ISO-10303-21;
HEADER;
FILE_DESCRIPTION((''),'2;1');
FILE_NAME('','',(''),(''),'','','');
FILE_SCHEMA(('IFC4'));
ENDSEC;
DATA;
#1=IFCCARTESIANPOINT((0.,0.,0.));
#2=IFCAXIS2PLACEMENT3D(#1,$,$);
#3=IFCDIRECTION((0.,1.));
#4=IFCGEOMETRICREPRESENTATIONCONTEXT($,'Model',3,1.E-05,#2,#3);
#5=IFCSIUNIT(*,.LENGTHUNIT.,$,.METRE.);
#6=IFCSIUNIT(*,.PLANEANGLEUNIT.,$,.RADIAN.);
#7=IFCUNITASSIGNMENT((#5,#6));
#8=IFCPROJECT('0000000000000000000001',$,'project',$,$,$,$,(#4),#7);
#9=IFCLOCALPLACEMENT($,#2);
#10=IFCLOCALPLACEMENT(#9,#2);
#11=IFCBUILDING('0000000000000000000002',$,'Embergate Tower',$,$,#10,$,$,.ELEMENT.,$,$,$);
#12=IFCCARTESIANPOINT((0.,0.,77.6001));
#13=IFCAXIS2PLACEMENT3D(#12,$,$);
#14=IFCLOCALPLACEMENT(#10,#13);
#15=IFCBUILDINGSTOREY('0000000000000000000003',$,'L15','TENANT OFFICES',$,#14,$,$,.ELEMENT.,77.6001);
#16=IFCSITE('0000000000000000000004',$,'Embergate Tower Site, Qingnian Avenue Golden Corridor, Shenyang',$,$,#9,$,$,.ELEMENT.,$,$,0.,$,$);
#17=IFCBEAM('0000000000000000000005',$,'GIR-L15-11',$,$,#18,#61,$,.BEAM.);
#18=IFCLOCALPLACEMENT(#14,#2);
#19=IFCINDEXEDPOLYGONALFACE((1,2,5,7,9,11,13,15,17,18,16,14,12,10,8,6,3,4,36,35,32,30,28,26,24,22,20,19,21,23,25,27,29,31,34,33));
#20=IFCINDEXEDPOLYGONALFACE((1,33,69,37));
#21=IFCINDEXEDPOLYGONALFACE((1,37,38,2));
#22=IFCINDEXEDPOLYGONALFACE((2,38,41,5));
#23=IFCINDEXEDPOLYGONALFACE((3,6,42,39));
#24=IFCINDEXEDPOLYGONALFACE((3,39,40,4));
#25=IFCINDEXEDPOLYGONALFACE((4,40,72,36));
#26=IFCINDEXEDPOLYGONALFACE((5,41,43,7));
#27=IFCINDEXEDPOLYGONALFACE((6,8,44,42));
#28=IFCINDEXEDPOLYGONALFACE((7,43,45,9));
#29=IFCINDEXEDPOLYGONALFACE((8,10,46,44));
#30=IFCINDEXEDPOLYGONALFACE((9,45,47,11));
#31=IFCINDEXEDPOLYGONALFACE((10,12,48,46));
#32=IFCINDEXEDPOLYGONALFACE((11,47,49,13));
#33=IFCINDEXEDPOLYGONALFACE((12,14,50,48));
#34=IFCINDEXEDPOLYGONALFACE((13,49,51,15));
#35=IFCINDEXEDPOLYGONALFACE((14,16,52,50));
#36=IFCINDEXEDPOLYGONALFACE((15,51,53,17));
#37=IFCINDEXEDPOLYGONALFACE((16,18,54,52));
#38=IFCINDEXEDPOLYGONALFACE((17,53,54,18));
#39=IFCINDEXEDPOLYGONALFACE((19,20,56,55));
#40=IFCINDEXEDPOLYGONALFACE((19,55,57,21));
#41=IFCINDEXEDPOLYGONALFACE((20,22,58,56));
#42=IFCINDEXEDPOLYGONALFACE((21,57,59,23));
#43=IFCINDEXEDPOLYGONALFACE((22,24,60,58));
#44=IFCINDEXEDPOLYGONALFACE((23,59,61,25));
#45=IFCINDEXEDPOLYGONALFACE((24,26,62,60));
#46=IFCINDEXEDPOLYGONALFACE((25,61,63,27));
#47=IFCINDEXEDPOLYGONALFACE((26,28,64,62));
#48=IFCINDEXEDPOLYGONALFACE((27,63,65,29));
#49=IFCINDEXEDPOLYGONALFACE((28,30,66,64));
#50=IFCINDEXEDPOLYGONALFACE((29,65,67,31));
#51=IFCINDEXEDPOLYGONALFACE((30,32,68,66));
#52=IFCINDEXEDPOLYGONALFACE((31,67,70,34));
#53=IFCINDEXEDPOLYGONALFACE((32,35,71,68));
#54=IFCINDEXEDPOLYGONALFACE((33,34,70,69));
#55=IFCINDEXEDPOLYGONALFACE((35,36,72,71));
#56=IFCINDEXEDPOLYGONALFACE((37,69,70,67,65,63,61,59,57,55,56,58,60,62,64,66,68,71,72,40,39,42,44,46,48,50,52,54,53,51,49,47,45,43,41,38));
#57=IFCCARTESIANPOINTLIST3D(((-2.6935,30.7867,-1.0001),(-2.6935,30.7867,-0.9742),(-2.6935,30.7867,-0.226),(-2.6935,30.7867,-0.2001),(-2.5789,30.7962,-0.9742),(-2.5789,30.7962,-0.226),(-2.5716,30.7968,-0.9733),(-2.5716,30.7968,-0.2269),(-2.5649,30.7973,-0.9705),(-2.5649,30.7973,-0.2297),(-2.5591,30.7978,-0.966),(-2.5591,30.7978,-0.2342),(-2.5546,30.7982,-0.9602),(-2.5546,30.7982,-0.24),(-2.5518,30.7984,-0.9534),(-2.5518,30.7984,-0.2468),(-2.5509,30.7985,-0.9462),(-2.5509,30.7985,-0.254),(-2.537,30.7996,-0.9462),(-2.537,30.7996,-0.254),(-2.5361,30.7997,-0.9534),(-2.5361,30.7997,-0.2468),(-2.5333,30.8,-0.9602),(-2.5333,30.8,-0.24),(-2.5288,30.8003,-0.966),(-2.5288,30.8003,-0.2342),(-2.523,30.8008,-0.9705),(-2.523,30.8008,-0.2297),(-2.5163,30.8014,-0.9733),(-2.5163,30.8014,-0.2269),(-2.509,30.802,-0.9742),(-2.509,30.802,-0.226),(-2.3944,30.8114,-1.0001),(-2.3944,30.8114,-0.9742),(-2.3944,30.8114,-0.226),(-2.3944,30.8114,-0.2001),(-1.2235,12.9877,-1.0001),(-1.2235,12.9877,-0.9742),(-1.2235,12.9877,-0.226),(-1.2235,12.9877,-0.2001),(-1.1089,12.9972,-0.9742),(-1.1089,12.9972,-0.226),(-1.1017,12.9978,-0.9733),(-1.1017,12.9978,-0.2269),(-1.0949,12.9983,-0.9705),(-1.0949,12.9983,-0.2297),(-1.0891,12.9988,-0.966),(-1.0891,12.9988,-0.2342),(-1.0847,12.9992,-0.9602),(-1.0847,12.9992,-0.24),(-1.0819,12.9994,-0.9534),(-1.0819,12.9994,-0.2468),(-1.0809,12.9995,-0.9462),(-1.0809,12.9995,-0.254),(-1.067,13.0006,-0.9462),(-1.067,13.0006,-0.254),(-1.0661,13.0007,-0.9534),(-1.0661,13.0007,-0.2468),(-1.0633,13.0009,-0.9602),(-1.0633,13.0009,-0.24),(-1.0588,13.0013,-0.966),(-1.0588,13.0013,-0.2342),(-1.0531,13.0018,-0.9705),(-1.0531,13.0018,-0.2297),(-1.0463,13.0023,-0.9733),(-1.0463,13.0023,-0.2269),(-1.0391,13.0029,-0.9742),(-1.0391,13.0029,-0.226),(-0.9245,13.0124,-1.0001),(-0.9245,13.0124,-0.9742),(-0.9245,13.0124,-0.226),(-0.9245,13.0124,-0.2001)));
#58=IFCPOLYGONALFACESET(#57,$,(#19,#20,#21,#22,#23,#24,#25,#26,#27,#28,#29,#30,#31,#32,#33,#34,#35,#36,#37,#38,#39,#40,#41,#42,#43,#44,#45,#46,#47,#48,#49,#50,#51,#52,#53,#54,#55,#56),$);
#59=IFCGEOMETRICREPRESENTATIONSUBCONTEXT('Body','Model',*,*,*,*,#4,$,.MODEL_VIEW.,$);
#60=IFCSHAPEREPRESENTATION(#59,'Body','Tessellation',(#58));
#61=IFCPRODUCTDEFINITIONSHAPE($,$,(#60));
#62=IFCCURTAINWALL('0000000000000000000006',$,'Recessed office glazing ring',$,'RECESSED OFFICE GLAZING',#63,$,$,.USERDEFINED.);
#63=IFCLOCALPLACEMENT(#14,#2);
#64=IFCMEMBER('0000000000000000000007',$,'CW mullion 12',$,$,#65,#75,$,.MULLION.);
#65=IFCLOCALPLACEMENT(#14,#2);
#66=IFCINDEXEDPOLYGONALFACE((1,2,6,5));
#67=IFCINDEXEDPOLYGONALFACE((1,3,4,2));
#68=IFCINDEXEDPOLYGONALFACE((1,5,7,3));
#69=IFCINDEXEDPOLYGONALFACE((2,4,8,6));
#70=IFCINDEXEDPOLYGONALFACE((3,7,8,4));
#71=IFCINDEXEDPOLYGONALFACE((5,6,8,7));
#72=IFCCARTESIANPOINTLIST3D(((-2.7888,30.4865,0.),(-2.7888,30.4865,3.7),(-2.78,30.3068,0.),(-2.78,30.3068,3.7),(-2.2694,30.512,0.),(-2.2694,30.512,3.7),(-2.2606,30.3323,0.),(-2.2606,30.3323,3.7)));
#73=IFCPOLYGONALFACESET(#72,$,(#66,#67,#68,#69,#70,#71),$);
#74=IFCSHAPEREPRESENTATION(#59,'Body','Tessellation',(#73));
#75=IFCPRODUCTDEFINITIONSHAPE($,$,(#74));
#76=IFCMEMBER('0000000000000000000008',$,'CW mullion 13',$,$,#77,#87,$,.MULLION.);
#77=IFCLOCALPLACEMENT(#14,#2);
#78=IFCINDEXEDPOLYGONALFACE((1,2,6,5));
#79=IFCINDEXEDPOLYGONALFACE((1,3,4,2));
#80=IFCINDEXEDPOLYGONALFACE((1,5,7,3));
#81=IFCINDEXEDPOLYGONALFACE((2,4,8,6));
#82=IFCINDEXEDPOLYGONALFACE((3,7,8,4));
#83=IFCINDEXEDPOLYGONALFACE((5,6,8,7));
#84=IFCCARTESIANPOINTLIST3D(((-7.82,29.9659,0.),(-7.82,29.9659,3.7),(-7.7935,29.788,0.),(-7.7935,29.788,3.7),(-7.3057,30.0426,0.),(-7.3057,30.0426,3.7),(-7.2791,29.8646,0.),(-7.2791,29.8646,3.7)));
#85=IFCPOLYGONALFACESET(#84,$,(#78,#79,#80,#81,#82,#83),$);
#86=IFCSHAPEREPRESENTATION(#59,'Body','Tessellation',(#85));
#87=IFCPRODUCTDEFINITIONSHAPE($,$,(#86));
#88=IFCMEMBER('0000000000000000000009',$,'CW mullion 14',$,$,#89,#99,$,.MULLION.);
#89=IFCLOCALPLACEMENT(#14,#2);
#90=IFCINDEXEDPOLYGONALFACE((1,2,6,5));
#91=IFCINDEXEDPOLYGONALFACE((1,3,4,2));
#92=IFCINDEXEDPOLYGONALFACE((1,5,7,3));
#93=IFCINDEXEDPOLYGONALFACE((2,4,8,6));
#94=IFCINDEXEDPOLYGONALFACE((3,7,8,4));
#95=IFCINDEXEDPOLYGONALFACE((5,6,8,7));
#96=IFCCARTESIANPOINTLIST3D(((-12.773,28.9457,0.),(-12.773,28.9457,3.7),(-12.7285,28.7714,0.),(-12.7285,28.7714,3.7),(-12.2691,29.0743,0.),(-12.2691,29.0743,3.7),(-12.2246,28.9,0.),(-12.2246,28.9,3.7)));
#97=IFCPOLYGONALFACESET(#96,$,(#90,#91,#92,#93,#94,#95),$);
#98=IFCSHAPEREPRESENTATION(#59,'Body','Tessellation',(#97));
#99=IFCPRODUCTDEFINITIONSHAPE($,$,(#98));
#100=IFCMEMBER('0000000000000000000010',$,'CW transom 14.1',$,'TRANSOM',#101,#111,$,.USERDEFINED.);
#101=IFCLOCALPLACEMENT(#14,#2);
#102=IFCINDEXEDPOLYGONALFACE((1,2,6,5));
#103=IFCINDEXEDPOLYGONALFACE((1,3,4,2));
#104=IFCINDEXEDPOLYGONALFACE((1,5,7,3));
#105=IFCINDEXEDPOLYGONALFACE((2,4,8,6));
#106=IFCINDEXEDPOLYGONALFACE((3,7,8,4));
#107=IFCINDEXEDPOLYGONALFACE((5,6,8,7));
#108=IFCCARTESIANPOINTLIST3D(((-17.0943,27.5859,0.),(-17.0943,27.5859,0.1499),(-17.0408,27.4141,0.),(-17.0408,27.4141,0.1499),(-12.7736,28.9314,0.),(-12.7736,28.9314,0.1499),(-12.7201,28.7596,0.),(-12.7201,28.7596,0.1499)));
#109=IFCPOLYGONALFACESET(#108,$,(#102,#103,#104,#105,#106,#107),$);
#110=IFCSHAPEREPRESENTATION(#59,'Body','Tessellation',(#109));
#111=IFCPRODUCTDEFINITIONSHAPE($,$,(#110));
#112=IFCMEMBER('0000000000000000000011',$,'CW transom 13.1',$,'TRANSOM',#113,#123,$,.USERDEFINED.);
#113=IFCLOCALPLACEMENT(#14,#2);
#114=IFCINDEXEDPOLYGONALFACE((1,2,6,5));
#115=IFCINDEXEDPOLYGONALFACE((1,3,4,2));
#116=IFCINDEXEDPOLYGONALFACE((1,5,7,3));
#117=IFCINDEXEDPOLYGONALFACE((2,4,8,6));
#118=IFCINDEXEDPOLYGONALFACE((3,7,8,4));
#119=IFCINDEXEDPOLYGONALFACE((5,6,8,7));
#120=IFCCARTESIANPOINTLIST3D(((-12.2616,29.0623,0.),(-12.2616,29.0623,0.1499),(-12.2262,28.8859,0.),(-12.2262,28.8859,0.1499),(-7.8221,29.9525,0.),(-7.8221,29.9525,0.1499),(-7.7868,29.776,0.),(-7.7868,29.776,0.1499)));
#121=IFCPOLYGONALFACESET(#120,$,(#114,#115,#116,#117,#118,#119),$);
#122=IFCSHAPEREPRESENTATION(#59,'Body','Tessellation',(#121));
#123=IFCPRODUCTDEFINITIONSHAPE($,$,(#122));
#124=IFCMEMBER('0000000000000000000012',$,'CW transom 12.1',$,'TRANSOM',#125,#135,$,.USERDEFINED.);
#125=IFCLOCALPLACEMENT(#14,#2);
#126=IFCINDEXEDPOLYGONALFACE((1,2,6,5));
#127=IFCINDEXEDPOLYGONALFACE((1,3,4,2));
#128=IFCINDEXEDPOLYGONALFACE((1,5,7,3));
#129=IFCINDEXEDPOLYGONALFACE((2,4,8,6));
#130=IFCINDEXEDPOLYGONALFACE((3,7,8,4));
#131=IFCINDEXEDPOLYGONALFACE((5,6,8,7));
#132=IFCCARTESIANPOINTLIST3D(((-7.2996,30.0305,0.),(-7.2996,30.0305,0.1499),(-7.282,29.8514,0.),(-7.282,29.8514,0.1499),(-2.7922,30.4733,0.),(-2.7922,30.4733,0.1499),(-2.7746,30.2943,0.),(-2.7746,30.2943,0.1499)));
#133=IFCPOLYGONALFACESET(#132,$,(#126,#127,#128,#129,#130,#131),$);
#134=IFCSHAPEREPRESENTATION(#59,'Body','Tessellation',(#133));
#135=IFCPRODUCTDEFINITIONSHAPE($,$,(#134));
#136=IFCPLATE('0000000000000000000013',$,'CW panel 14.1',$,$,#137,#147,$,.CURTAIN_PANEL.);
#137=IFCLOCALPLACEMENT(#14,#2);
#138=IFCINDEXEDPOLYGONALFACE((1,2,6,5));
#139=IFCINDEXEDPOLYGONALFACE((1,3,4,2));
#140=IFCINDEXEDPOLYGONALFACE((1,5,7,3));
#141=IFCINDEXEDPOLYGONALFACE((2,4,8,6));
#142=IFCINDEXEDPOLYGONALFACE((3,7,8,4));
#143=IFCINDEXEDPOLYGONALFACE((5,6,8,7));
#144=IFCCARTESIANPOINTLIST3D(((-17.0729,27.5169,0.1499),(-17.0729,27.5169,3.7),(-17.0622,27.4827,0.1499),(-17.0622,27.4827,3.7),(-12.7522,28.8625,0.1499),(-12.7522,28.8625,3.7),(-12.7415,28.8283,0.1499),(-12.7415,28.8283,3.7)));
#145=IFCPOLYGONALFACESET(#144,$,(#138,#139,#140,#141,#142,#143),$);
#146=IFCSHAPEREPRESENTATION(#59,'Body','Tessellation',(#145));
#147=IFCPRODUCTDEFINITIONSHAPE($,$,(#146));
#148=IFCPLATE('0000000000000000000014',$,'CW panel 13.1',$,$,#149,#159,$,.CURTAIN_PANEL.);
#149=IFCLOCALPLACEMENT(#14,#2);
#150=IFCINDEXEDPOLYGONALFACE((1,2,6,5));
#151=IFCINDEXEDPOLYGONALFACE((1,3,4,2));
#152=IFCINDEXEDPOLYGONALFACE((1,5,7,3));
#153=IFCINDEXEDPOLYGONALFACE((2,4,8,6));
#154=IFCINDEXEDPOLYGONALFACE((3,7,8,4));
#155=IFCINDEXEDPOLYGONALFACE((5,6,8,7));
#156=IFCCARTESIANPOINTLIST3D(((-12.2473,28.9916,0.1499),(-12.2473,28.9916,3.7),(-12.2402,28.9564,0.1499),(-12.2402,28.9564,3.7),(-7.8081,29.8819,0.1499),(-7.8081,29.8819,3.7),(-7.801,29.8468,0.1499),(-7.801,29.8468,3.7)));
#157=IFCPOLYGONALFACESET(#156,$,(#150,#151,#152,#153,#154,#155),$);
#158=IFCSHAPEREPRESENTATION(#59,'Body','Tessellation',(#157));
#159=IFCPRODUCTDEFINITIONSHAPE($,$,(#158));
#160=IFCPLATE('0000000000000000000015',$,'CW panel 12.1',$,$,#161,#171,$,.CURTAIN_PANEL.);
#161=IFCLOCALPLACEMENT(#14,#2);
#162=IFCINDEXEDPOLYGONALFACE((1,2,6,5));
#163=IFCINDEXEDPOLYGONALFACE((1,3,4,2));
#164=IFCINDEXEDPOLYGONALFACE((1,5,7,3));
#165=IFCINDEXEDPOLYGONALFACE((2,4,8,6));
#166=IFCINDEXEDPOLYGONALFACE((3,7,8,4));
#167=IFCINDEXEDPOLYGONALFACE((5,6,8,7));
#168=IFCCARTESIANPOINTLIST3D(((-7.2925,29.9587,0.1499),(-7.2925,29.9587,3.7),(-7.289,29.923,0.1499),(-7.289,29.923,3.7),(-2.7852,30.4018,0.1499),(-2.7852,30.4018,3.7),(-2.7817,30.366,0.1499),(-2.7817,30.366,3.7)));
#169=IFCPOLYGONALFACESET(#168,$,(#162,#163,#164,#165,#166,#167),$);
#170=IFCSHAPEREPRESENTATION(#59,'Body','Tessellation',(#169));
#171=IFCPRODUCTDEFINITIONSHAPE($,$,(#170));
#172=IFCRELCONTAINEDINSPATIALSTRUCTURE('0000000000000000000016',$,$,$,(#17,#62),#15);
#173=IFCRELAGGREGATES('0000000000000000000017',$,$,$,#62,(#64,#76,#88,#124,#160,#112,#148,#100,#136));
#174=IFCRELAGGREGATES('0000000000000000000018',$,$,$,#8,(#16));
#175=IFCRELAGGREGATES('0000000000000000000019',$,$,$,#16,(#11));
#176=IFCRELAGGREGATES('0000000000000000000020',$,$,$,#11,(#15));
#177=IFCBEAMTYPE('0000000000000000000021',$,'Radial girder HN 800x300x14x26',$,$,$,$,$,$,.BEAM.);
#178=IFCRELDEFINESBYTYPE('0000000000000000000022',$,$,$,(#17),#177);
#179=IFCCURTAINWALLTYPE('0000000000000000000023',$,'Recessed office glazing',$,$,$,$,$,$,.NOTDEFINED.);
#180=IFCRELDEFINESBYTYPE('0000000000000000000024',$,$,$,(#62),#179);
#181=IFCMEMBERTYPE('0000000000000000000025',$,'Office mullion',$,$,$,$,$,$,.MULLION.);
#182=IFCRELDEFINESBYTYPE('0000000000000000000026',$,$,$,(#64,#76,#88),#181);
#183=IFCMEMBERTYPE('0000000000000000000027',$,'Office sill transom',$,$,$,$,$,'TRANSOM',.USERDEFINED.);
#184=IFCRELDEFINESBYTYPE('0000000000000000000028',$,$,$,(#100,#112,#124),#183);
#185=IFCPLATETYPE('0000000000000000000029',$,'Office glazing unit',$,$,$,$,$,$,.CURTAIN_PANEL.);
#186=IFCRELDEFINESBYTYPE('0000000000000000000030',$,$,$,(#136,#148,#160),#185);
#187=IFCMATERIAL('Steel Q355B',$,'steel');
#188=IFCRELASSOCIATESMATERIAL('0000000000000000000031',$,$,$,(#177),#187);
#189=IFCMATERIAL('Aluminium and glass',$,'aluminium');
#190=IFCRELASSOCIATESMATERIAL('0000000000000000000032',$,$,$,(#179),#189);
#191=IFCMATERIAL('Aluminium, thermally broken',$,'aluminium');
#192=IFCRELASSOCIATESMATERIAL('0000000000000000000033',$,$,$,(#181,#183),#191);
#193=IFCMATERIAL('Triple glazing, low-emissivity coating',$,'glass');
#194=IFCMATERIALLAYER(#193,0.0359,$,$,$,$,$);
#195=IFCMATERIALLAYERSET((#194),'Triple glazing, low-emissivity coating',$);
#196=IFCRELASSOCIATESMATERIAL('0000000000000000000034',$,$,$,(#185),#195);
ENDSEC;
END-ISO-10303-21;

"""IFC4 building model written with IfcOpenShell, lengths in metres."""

from ifc_helpers import new_model, si_unit, direction, frame, origin, origin_2d, place, context, subcontext, project, spatial, rectangle, i_section, extrude, source, transform, mapped, material, layer, layer_set, material_profile, profile_set, type_object, element, aggregate, save


model = new_model("IFC4")

# Units and contexts
model_context = context("Model", 3, precision=1e-05, world=origin(), true_north=direction((0.0, 1.0)))
body_context = subcontext(model_context, "Body", "Model", "MODEL_VIEW")
ifc_project = project(units=[si_unit("LENGTHUNIT", "METRE"), si_unit("PLANEANGLEUNIT", "RADIAN")], contexts=[model_context])

# Site, building, storey
site_placement = place(None, origin())
site = spatial("IfcSite", under=ifc_project, at=site_placement, Name="Embergate Tower Site, Qingnian Avenue Golden Corridor, Shenyang", CompositionType="ELEMENT", RefElevation=0.0)
building_placement = place(site_placement, origin())
building = spatial("IfcBuilding", under=site, at=building_placement, Name="Embergate Tower", CompositionType="ELEMENT")
storey_placement = place(building_placement, frame((0.0, 0.0, 77.6001)))
storey = spatial("IfcBuildingStorey", under=building, at=storey_placement, Name="L15", Description="TENANT OFFICES", CompositionType="ELEMENT", Elevation=77.6001)

# Beam
ifc_material_1 = material(Name="Steel Q355B", Category="steel")
ifc_material_profile_1 = material_profile(ifc_material_1, i_section(OverallWidth=0.3, OverallDepth=0.8, WebThickness=0.0139, FlangeThickness=0.0259, FilletRadius=0.0281, at=origin_2d()), Name="HN 800x300x14x26")
ifc_profile_set_1 = profile_set([ifc_material_profile_1], Name="Steel Q355 grade B")
beam_type_1 = type_object("IfcBeamType", Name="Radial girder HN 800x300x14x26", PredefinedType="BEAM", material=ifc_profile_set_1)
shared_shape_1 = source(origin(), body_context, "Body", "SweptSolid", [
    extrude(i_section(OverallWidth=0.3, OverallDepth=0.8, WebThickness=0.0139, FlangeThickness=0.0259, FilletRadius=0.0281, at=origin_2d()), origin(), (0.0, 0.0, 1.0), 17.8596),
])
beam_1_placement = place(storey_placement, frame((-2.5439, 30.7991, -0.6001), z_axis=(0.082307, -0.996607, 0.0), x_axis=(0.996607, 0.082307, 0.0)))
element("IfcBeam", 1, at=beam_1_placement, inside=storey, type_object=beam_type_1, Name="GIR-L15-11", PredefinedType="BEAM", context=body_context, shape_type="MappedRepresentation", body=[
    mapped(shared_shape_1, transform((0.0, 0.0, 0.0))),
])

# Curtain wall, members, plates
ifc_material_2 = material(Name="Aluminium and glass", Category="aluminium")
curtain_wall_type = type_object("IfcCurtainWallType", Name="Recessed office glazing", PredefinedType="NOTDEFINED", material=ifc_material_2)
curtain_wall_placement = place(storey_placement, origin())
curtain_wall = element("IfcCurtainWall", 2, at=curtain_wall_placement, inside=storey, type_object=curtain_wall_type, Name="Recessed office glazing ring", ObjectType="RECESSED OFFICE GLAZING", PredefinedType="USERDEFINED")
ifc_material_3 = material(Name="Aluminium, thermally broken", Category="aluminium")
ifc_material_profile_2 = material_profile(ifc_material_3, rectangle(XDim=0.1799, YDim=0.52, at=origin_2d()), Name="AL 520x180")
ifc_profile_set_2 = profile_set([ifc_material_profile_2], Name="Aluminium, thermally broken")
member_type_1 = type_object("IfcMemberType", Name="Office mullion", PredefinedType="MULLION", material=ifc_profile_set_2)
shared_shape_2 = source(origin(), body_context, "Body", "SweptSolid", [
    extrude(rectangle(XDim=0.1799, YDim=0.52, at=origin_2d()), origin(), (0.0, 0.0, 1.0), 3.7),
])
member_1_placement = place(storey_placement, frame((-2.5247, 30.4094, 0.0), z_axis=(0.0, 0.0, 1.0), x_axis=(0.048972, -0.9988, 0.0)))
member_1 = element("IfcMember", 3, at=member_1_placement, type_object=member_type_1, Name="CW mullion 12", PredefinedType="MULLION", context=body_context, shape_type="MappedRepresentation", body=[
    mapped(shared_shape_2, transform((0.0, 0.0, 0.0))),
])
member_2_placement = place(storey_placement, frame((-7.5496, 29.9153, 0.0), z_axis=(0.0, 0.0, 1.0), x_axis=(0.147414, -0.989075, 0.0)))
member_2 = element("IfcMember", 4, at=member_2_placement, type_object=member_type_1, Name="CW mullion 13", PredefinedType="MULLION", context=body_context, shape_type="MappedRepresentation", body=[
    mapped(shared_shape_2, transform((0.0, 0.0, 0.0))),
])
member_3_placement = place(storey_placement, frame((-12.4988, 28.9229, 0.0), z_axis=(0.0, 0.0, 1.0), x_axis=(0.247315, -0.968935, 0.0)))
member_3 = element("IfcMember", 5, at=member_3_placement, type_object=member_type_1, Name="CW mullion 14", PredefinedType="MULLION", context=body_context, shape_type="MappedRepresentation", body=[
    mapped(shared_shape_2, transform((0.0, 0.0, 0.0))),
])
ifc_material_profile_3 = material_profile(ifc_material_3, rectangle(XDim=0.1799, YDim=0.1499, at=origin_2d()), Name="AL 150x180")
ifc_profile_set_3 = profile_set([ifc_material_profile_3], Name="Aluminium, thermally broken")
member_type_2 = type_object("IfcMemberType", Name="Office sill transom", ElementType="TRANSOM", PredefinedType="USERDEFINED", material=ifc_profile_set_3)
shared_shape_3 = source(origin(), body_context, "Body", "SweptSolid", [
    extrude(rectangle(XDim=0.1799, YDim=0.1499, at=origin_2d()), origin(), (0.0, 0.0, 1.0), 4.5254),
])
member_4_placement = place(storey_placement, frame((-12.7468, 28.8455, 0.075), z_axis=(-0.954781, -0.29731, 0.0), x_axis=(0.29731, -0.954781, 0.0)))
member_4 = element("IfcMember", 6, at=member_4_placement, type_object=member_type_2, Name="CW transom 14.1", ObjectType="TRANSOM", PredefinedType="USERDEFINED", context=body_context, shape_type="MappedRepresentation", body=[
    mapped(shared_shape_3, transform((0.0, 0.0, 0.0))),
])
shared_shape_4 = source(origin(), body_context, "Body", "SweptSolid", [
    extrude(rectangle(XDim=0.1799, YDim=0.1499, at=origin_2d()), origin(), (0.0, 0.0, 1.0), 4.5278),
])
member_5_placement = place(storey_placement, frame((-7.8044, 29.8643, 0.075), z_axis=(-0.980485, -0.196593, 0.0), x_axis=(0.196593, -0.980485, 0.0)))
member_5 = element("IfcMember", 7, at=member_5_placement, type_object=member_type_2, Name="CW transom 13.1", ObjectType="TRANSOM", PredefinedType="USERDEFINED", context=body_context, shape_type="MappedRepresentation", body=[
    mapped(shared_shape_4, transform((0.0, 0.0, 0.0))),
])
shared_shape_5 = source(origin(), body_context, "Body", "SweptSolid", [
    extrude(rectangle(XDim=0.1799, YDim=0.1499, at=origin_2d()), origin(), (0.0, 0.0, 1.0), 4.5291),
])
member_6_placement = place(storey_placement, frame((-2.7834, 30.3838, 0.075), z_axis=(-0.995208, -0.097785, 0.0), x_axis=(0.097785, -0.995208, 0.0)))
member_6 = element("IfcMember", 8, at=member_6_placement, type_object=member_type_2, Name="CW transom 12.1", ObjectType="TRANSOM", PredefinedType="USERDEFINED", context=body_context, shape_type="MappedRepresentation", body=[
    mapped(shared_shape_5, transform((0.0, 0.0, 0.0))),
])
ifc_material_4 = material(Name="Triple glazing, low-emissivity coating", Category="glass")
ifc_layer_1 = layer(ifc_material_4, 0.0359)
ifc_layer_set_1 = layer_set([ifc_layer_1], Name="Triple glazing, low-emissivity coating")
plate_type = type_object("IfcPlateType", Name="Office glazing unit", PredefinedType="CURTAIN_PANEL", material=ifc_layer_set_1)
shared_shape_6 = source(origin(), body_context, "Body", "SweptSolid", [
    extrude(rectangle(XDim=4.5254, YDim=0.0359, at=origin_2d()), origin(), (0.0, 0.0, 1.0), 3.55),
])
plate_1_placement = place(storey_placement, frame((-14.9072, 28.1726, 0.1499), z_axis=(0.0, 0.0, 1.0), x_axis=(-0.954771, -0.297342, 0.0)))
plate_1 = element("IfcPlate", 9, at=plate_1_placement, type_object=plate_type, Name="CW panel 14.1", PredefinedType="CURTAIN_PANEL", context=body_context, shape_type="MappedRepresentation", body=[
    mapped(shared_shape_6, transform((0.0, 0.0, 0.0))),
])
shared_shape_7 = source(origin(), body_context, "Body", "SweptSolid", [
    extrude(rectangle(XDim=4.5276, YDim=0.0359, at=origin_2d()), origin(), (0.0, 0.0, 1.0), 3.55),
])
plate_2_placement = place(storey_placement, frame((-10.0242, 29.4192, 0.1499), z_axis=(0.0, 0.0, 1.0), x_axis=(-0.980475, -0.196643, 0.0)))
plate_2 = element("IfcPlate", 10, at=plate_2_placement, type_object=plate_type, Name="CW panel 13.1", PredefinedType="CURTAIN_PANEL", context=body_context, shape_type="MappedRepresentation", body=[
    mapped(shared_shape_7, transform((0.0, 0.0, 0.0))),
])
shared_shape_8 = source(origin(), body_context, "Body", "SweptSolid", [
    extrude(rectangle(XDim=4.5291, YDim=0.0359, at=origin_2d()), origin(), (0.0, 0.0, 1.0), 3.55),
])
plate_3_placement = place(storey_placement, frame((-5.0371, 30.1624, 0.1499), z_axis=(0.0, 0.0, 1.0), x_axis=(-0.995203, -0.097831, 0.0)))
plate_3 = element("IfcPlate", 11, at=plate_3_placement, type_object=plate_type, Name="CW panel 12.1", PredefinedType="CURTAIN_PANEL", context=body_context, shape_type="MappedRepresentation", body=[
    mapped(shared_shape_8, transform((0.0, 0.0, 0.0))),
])
aggregate(curtain_wall, [member_1, member_2, member_3, member_6, plate_3, member_5, plate_2, member_4, plate_1])

save(model, "model.ifc")
